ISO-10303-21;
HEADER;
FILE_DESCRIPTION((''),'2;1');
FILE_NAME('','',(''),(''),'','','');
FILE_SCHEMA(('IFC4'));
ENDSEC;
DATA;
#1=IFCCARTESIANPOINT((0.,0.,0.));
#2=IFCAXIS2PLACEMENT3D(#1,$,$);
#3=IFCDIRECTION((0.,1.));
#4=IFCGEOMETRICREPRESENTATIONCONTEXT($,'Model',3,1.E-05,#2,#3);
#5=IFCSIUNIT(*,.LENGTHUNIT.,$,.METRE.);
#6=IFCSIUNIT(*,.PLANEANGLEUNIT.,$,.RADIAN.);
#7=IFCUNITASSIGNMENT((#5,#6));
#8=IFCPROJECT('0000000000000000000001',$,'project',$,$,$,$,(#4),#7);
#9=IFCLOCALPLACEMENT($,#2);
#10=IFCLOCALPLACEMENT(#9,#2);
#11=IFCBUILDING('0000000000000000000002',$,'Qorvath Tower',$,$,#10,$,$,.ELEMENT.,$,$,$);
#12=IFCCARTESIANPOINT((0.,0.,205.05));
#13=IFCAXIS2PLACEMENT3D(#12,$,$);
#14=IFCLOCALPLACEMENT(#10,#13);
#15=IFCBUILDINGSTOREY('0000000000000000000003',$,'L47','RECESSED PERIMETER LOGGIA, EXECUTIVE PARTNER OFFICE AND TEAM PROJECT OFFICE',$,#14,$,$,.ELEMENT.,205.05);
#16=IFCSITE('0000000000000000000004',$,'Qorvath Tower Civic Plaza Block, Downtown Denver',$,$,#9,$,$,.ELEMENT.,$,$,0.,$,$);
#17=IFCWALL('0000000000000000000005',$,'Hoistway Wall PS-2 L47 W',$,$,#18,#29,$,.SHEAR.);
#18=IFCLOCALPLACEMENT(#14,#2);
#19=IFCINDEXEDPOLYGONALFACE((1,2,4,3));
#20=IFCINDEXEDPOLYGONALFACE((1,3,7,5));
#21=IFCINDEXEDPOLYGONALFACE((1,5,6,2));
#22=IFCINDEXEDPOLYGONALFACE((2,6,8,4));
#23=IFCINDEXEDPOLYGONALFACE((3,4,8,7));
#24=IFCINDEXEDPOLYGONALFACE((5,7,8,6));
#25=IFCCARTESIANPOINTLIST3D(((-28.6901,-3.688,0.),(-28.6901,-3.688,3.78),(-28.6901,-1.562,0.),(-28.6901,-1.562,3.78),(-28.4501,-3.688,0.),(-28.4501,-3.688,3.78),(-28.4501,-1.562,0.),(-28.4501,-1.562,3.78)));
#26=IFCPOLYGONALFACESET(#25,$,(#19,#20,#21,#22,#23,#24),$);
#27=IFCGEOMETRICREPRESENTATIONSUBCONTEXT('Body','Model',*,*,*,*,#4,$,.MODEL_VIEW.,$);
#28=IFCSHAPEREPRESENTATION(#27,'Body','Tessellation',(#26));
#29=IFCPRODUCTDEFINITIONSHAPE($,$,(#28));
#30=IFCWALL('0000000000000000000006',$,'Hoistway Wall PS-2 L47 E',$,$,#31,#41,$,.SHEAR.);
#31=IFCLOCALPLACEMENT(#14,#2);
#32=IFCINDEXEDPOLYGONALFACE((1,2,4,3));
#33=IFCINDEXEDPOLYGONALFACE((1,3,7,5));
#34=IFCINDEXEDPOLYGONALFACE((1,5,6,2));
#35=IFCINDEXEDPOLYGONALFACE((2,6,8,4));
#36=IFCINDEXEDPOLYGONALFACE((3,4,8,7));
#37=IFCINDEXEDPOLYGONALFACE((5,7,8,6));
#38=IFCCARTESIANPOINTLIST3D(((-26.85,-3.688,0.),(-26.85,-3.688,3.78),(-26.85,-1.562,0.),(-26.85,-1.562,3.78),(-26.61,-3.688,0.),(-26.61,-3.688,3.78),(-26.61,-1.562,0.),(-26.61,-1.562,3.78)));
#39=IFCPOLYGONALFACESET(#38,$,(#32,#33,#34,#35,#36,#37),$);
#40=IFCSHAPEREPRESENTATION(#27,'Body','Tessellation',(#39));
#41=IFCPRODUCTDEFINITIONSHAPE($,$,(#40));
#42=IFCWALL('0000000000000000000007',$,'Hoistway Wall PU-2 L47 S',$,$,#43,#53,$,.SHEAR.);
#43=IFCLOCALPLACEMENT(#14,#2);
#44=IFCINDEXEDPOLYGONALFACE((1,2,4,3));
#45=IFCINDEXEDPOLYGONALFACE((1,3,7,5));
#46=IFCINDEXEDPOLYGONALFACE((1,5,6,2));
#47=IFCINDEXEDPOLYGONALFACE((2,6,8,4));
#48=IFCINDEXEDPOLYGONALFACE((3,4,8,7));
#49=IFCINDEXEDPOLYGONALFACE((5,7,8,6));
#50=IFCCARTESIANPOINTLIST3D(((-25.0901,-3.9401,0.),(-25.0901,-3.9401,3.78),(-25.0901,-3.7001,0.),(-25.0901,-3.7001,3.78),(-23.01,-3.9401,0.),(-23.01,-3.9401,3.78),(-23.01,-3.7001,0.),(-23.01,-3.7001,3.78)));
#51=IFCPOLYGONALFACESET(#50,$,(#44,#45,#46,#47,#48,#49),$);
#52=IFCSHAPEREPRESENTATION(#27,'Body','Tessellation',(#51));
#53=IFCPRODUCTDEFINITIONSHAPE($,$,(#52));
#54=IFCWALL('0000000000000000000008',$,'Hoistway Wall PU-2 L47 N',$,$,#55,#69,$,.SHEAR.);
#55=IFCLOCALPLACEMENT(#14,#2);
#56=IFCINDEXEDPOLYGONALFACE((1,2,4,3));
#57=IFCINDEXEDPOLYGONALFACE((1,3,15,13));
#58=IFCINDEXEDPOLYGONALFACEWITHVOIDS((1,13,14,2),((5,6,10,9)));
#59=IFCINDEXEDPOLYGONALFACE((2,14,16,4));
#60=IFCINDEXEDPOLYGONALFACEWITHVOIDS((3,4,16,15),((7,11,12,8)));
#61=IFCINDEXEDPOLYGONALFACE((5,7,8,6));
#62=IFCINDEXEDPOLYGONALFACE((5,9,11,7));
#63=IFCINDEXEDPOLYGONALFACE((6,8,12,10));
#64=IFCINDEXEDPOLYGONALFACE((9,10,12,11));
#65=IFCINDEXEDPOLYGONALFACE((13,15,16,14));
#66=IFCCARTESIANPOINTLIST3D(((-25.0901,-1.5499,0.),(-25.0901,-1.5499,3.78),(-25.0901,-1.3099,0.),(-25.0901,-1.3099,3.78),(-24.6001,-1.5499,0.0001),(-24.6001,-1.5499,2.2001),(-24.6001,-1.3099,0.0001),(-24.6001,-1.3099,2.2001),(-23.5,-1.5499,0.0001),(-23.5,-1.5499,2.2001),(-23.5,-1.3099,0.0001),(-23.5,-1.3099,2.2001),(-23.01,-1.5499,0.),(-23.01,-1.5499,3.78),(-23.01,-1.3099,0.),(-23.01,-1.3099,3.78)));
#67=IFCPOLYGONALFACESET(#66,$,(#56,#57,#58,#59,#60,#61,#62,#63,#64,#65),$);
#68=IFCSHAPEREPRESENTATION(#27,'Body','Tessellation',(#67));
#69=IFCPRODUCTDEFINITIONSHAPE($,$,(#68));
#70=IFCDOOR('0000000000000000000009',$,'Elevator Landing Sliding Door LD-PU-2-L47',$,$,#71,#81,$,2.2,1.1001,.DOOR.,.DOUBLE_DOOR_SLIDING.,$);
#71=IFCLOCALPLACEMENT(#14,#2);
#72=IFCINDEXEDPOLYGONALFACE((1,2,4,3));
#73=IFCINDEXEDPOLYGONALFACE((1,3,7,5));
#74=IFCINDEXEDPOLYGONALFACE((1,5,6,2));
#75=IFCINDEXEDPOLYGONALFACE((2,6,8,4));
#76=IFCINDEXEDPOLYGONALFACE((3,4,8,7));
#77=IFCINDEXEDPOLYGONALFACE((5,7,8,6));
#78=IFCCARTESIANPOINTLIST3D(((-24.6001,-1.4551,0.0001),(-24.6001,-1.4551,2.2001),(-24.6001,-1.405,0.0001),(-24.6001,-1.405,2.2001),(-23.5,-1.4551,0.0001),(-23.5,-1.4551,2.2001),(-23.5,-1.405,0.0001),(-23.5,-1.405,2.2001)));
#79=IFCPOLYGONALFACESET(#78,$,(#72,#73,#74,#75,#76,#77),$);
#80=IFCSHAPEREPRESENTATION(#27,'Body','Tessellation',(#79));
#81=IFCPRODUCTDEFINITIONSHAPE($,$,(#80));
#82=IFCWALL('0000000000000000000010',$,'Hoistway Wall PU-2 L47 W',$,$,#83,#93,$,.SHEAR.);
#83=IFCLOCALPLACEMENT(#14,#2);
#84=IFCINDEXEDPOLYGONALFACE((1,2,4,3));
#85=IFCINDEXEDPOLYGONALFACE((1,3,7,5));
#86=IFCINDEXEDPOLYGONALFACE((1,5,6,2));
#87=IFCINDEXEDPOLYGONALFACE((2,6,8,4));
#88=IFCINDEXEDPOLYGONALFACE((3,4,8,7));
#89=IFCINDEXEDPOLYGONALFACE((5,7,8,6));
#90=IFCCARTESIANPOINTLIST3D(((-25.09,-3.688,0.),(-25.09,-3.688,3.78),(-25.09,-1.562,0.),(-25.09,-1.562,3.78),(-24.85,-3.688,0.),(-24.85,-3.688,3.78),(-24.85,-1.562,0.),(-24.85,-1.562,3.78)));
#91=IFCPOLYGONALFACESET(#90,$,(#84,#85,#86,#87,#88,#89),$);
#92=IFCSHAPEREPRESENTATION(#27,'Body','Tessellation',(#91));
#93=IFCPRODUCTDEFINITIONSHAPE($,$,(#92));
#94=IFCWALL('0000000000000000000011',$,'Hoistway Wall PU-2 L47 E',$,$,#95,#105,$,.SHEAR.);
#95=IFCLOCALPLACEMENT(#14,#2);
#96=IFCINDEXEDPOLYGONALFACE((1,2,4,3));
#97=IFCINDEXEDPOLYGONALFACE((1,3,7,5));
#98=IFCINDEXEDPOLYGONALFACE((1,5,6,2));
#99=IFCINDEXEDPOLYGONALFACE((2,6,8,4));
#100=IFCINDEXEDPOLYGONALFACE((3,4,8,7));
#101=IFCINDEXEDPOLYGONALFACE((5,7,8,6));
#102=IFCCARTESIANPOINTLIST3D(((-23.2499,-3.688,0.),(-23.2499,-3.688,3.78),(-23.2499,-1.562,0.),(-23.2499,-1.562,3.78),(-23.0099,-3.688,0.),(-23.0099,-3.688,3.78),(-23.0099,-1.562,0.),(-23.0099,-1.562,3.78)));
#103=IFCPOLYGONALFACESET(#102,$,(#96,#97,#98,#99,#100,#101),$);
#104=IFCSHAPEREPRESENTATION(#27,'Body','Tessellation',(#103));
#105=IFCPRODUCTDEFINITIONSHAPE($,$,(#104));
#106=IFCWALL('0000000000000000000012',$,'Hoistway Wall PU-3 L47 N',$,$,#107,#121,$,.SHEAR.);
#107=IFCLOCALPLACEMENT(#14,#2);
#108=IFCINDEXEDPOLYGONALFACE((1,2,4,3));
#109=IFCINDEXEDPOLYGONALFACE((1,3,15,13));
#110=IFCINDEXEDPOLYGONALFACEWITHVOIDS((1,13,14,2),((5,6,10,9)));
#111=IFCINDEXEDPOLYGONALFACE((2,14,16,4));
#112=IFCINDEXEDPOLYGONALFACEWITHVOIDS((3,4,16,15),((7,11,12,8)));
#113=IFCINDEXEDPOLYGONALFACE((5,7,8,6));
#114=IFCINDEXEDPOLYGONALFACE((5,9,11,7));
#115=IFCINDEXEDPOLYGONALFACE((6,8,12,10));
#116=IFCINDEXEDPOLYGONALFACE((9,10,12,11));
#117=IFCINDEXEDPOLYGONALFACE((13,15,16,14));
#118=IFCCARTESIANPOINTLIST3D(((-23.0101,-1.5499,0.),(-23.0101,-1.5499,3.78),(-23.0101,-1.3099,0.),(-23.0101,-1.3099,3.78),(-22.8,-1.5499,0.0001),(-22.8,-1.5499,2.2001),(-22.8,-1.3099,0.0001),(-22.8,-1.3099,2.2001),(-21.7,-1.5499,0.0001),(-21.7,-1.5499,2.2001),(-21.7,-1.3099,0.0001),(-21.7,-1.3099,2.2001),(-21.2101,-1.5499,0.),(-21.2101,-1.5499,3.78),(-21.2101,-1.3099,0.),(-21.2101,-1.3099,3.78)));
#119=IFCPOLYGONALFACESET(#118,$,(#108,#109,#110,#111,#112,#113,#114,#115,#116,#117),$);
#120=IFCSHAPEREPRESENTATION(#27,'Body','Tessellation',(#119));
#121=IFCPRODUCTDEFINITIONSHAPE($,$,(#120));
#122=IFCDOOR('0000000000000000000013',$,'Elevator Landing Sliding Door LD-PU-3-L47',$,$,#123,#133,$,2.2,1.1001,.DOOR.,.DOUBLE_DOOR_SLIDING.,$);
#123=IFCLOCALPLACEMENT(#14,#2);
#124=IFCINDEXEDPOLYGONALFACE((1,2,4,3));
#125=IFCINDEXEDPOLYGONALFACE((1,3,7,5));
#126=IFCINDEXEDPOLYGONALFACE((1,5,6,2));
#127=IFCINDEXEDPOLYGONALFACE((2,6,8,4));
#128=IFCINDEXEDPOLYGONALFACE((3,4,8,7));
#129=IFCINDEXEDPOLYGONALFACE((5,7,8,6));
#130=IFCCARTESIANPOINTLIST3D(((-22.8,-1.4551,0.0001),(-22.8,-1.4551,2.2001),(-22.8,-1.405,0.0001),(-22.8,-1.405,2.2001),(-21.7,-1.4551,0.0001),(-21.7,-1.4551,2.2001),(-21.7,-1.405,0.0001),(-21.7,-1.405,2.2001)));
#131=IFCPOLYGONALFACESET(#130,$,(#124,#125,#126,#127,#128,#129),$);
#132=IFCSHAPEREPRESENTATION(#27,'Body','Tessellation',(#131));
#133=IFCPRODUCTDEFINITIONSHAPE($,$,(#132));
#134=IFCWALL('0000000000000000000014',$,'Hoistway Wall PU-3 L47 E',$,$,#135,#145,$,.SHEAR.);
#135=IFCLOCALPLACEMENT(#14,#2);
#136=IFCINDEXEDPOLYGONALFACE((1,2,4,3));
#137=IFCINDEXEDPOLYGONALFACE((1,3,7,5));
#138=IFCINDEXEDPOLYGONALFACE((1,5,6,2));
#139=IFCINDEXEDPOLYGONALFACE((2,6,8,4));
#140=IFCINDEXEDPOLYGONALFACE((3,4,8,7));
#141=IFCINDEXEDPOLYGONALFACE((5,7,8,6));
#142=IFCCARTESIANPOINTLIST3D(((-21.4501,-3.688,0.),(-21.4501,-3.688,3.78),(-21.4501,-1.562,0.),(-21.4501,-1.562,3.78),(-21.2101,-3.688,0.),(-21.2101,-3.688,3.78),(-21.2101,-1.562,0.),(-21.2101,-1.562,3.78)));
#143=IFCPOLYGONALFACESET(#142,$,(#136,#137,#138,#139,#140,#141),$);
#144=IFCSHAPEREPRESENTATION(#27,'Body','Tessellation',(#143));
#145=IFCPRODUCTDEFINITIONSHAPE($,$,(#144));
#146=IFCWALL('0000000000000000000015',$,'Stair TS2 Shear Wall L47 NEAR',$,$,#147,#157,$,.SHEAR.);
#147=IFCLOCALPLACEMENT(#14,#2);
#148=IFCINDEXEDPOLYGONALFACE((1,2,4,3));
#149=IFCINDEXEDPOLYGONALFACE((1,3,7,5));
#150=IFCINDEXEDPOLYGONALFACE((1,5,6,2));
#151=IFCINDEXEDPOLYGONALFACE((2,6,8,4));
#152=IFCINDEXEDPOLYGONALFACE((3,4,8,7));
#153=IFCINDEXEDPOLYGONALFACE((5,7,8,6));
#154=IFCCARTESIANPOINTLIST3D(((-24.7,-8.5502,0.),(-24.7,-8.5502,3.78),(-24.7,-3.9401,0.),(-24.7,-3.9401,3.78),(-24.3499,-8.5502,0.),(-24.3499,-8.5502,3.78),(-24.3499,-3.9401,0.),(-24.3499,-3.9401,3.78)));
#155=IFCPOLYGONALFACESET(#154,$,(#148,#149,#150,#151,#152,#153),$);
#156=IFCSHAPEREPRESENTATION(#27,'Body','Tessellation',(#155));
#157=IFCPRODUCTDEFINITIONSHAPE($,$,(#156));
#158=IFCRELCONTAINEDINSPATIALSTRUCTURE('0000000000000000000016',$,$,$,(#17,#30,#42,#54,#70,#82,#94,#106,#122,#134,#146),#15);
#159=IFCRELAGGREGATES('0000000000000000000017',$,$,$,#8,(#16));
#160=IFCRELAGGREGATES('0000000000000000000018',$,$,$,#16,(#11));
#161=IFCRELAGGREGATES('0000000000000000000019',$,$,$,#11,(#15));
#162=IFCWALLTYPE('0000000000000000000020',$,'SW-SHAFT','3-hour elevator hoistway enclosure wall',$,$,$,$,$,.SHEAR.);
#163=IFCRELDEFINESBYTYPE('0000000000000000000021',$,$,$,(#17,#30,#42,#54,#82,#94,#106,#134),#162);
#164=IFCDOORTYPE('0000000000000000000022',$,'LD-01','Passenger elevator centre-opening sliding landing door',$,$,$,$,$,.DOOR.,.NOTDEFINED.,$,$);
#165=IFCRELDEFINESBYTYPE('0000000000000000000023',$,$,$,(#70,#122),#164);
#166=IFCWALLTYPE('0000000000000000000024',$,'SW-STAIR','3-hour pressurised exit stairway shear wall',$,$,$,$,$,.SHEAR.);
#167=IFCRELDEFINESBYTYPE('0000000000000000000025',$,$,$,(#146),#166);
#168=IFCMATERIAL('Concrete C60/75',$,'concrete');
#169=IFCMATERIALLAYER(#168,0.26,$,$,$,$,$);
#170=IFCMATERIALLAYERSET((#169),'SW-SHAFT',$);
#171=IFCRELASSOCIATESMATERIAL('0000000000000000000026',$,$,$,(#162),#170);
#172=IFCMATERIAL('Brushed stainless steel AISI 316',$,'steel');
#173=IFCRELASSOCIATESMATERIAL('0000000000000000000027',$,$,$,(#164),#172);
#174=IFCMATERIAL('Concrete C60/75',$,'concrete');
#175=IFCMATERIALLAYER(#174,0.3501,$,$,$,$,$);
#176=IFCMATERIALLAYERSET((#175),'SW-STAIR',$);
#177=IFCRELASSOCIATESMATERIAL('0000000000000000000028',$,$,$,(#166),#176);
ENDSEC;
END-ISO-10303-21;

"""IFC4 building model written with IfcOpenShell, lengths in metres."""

from ifc_helpers import new_model, si_unit, direction, frame, frame_2d, origin, place, context, subcontext, project, spatial, rectangle, extrude, material, layer, layer_set, type_object, element, fill, save


model = new_model("IFC4")

# Units and contexts
model_context = context("Model", 3, precision=1e-05, world=origin(), true_north=direction((0.0, 1.0)))
body_context = subcontext(model_context, "Body", "Model", "MODEL_VIEW")
ifc_project = project(units=[si_unit("LENGTHUNIT", "METRE"), si_unit("PLANEANGLEUNIT", "RADIAN")], contexts=[model_context])

# Site, building, storey
site_placement = place(None, origin())
site = spatial("IfcSite", under=ifc_project, at=site_placement, Name="Qorvath Tower Civic Plaza Block, Downtown Denver", CompositionType="ELEMENT", RefElevation=0.0)
building_placement = place(site_placement, origin())
building = spatial("IfcBuilding", under=site, at=building_placement, Name="Qorvath Tower", CompositionType="ELEMENT")
storey_placement = place(building_placement, frame((0.0, 0.0, 205.05)))
storey = spatial("IfcBuildingStorey", under=building, at=storey_placement, Name="L47", Description="RECESSED PERIMETER LOGGIA, EXECUTIVE PARTNER OFFICE AND TEAM PROJECT OFFICE", CompositionType="ELEMENT", Elevation=205.05)

# Shared definitions
ifc_material_1 = material(Name="Concrete C60/75", Category="concrete")
ifc_layer_1 = layer(ifc_material_1, 0.26)
ifc_layer_set_1 = layer_set([ifc_layer_1], Name="SW-SHAFT")
wall_type_1 = type_object("IfcWallType", Name="SW-SHAFT", Description="3-hour elevator hoistway enclosure wall", PredefinedType="SHEAR", material=ifc_layer_set_1)

# Walls
for number, where, z_axis, x_axis, name in (
    (1, (-28.5701, -3.688, 0.0), (0.0, 0.0, 1.0), (0.0, 1.0, 0.0), "Hoistway Wall PS-2 L47 W"),
    (2, (-26.73, -1.562, 0.0), (0.0, 0.0, 1.0), (0.0, -1.0, 0.0), "Hoistway Wall PS-2 L47 E"),
):
    element("IfcWall", number, at=place(storey_placement, frame(where, z_axis=z_axis, x_axis=x_axis)), inside=storey, type_object=wall_type_1, Name=name, PredefinedType="SHEAR", context=body_context, shape_type="SweptSolid", body=[
        extrude(rectangle(XDim=2.126, YDim=0.24, at=frame_2d((1.063, 0.0))), origin(), (0.0, 0.0, 1.0), 3.78),
    ])
wall_1_placement = place(storey_placement, frame((-23.01, -3.8201, 0.0), z_axis=(0.0, 0.0, 1.0), x_axis=(-1.0, 0.0, 0.0)))
element("IfcWall", 3, at=wall_1_placement, inside=storey, type_object=wall_type_1, Name="Hoistway Wall PU-2 L47 S", PredefinedType="SHEAR", context=body_context, shape_type="SweptSolid", body=[
    extrude(rectangle(XDim=2.0801, YDim=0.24, at=frame_2d((1.04, 0.0))), origin(), (0.0, 0.0, 1.0), 3.78),
])

# Wall, opening, door
wall_2_placement = place(storey_placement, frame((-25.0901, -1.4299, 0.0), z_axis=(0.0, 0.0, 1.0), x_axis=(1.0, 0.0, 0.0)))
wall_2 = element("IfcWall", 4, at=wall_2_placement, inside=storey, type_object=wall_type_1, Name="Hoistway Wall PU-2 L47 N", PredefinedType="SHEAR", context=body_context, shape_type="SweptSolid", body=[
    extrude(rectangle(XDim=2.0801, YDim=0.24, at=frame_2d((1.04, 0.0))), origin(), (0.0, 0.0, 1.0), 3.78),
])
opening_1_placement = place(wall_2_placement, frame((0.49, 0.0, 0.0)))
opening_1 = element("IfcOpeningElement", 5, at=opening_1_placement, cuts=wall_2, PredefinedType="OPENING", context=body_context, shape_type="SweptSolid", body=[
    extrude(rectangle(XDim=1.1001, YDim=2.2, at=frame_2d((0.55, 1.1001))), frame((0.0, 0.1299, 0.0), z_axis=(0.0, -1.0, 0.0), x_axis=(1.0, 0.0, 0.0)), (0.0, 0.0, 1.0), 0.26),
])
ifc_material_2 = material(Name="Brushed stainless steel AISI 316", Category="steel")
door_type_1 = type_object("IfcDoorType", Name="LD-01", Description="Passenger elevator centre-opening sliding landing door", OperationType="NOTDEFINED", PredefinedType="DOOR", material=ifc_material_2)
door_1_placement = place(opening_1_placement, origin())
door_1 = element("IfcDoor", 6, at=door_1_placement, inside=storey, type_object=door_type_1, Name="Elevator Landing Sliding Door LD-PU-2-L47", OperationType="DOUBLE_DOOR_SLIDING", OverallHeight=2.2, OverallWidth=1.1001, PredefinedType="DOOR", context=body_context, shape_type="SweptSolid", body=[
    extrude(rectangle(XDim=1.1001, YDim=2.2, at=frame_2d((0.55, 1.1001))), frame((0.0, 0.0249, 0.0), z_axis=(0.0, -1.0, 0.0), x_axis=(1.0, 0.0, 0.0)), (0.0, 0.0, 1.0), 0.05),
])
fill(opening_1, door_1)

# Walls
for number, where, z_axis, x_axis, name in (
    (7, (-24.97, -3.688, 0.0), (0.0, 0.0, 1.0), (0.0, 1.0, 0.0), "Hoistway Wall PU-2 L47 W"),
    (8, (-23.1299, -1.562, 0.0), (0.0, 0.0, 1.0), (0.0, -1.0, 0.0), "Hoistway Wall PU-2 L47 E"),
):
    element("IfcWall", number, at=place(storey_placement, frame(where, z_axis=z_axis, x_axis=x_axis)), inside=storey, type_object=wall_type_1, Name=name, PredefinedType="SHEAR", context=body_context, shape_type="SweptSolid", body=[
        extrude(rectangle(XDim=2.126, YDim=0.24, at=frame_2d((1.063, 0.0))), origin(), (0.0, 0.0, 1.0), 3.78),
    ])

# Wall, opening, door
wall_3_placement = place(storey_placement, frame((-23.01, -1.4299, 0.0), z_axis=(0.0, 0.0, 1.0), x_axis=(1.0, 0.0, 0.0)))
wall_3 = element("IfcWall", 9, at=wall_3_placement, inside=storey, type_object=wall_type_1, Name="Hoistway Wall PU-3 L47 N", PredefinedType="SHEAR", context=body_context, shape_type="SweptSolid", body=[
    extrude(rectangle(XDim=1.8, YDim=0.24, at=frame_2d((0.8999, 0.0))), origin(), (0.0, 0.0, 1.0), 3.78),
])
opening_2_placement = place(wall_3_placement, frame((0.21, 0.0, 0.0)))
opening_2 = element("IfcOpeningElement", 10, at=opening_2_placement, cuts=wall_3, PredefinedType="OPENING", context=body_context, shape_type="SweptSolid", body=[
    extrude(rectangle(XDim=1.1001, YDim=2.2, at=frame_2d((0.55, 1.1001))), frame((0.0, 0.1299, 0.0), z_axis=(0.0, -1.0, 0.0), x_axis=(1.0, 0.0, 0.0)), (0.0, 0.0, 1.0), 0.26),
])
door_2_placement = place(opening_2_placement, origin())
door_2 = element("IfcDoor", 11, at=door_2_placement, inside=storey, type_object=door_type_1, Name="Elevator Landing Sliding Door LD-PU-3-L47", OperationType="DOUBLE_DOOR_SLIDING", OverallHeight=2.2, OverallWidth=1.1001, PredefinedType="DOOR", context=body_context, shape_type="SweptSolid", body=[
    extrude(rectangle(XDim=1.1001, YDim=2.2, at=frame_2d((0.55, 1.1001))), frame((0.0, 0.0249, 0.0), z_axis=(0.0, -1.0, 0.0), x_axis=(1.0, 0.0, 0.0)), (0.0, 0.0, 1.0), 0.05),
])
fill(opening_2, door_2)

# Walls
wall_4_placement = place(storey_placement, frame((-21.3301, -1.562, 0.0), z_axis=(0.0, 0.0, 1.0), x_axis=(0.0, -1.0, 0.0)))
element("IfcWall", 12, at=wall_4_placement, inside=storey, type_object=wall_type_1, Name="Hoistway Wall PU-3 L47 E", PredefinedType="SHEAR", context=body_context, shape_type="SweptSolid", body=[
    extrude(rectangle(XDim=2.126, YDim=0.24, at=frame_2d((1.063, 0.0))), origin(), (0.0, 0.0, 1.0), 3.78),
])
ifc_material_3 = material(Name="Concrete C60/75", Category="concrete")
ifc_layer_2 = layer(ifc_material_3, 0.3501)
ifc_layer_set_2 = layer_set([ifc_layer_2], Name="SW-STAIR")
wall_type_2 = type_object("IfcWallType", Name="SW-STAIR", Description="3-hour pressurised exit stairway shear wall", PredefinedType="SHEAR", material=ifc_layer_set_2)
wall_5_placement = place(storey_placement, frame((-24.5249, -3.9399, 0.0), z_axis=(0.0, 0.0, 1.0), x_axis=(0.0, -1.0, 0.0)))
element("IfcWall", 13, at=wall_5_placement, inside=storey, type_object=wall_type_2, Name="Stair TS2 Shear Wall L47 NEAR", PredefinedType="SHEAR", context=body_context, shape_type="SweptSolid", body=[
    extrude(rectangle(XDim=4.6101, YDim=0.3501, at=frame_2d((2.3052, 0.0))), origin(), (0.0, 0.0, 1.0), 3.78),
])

save(model, "model.ifc")
